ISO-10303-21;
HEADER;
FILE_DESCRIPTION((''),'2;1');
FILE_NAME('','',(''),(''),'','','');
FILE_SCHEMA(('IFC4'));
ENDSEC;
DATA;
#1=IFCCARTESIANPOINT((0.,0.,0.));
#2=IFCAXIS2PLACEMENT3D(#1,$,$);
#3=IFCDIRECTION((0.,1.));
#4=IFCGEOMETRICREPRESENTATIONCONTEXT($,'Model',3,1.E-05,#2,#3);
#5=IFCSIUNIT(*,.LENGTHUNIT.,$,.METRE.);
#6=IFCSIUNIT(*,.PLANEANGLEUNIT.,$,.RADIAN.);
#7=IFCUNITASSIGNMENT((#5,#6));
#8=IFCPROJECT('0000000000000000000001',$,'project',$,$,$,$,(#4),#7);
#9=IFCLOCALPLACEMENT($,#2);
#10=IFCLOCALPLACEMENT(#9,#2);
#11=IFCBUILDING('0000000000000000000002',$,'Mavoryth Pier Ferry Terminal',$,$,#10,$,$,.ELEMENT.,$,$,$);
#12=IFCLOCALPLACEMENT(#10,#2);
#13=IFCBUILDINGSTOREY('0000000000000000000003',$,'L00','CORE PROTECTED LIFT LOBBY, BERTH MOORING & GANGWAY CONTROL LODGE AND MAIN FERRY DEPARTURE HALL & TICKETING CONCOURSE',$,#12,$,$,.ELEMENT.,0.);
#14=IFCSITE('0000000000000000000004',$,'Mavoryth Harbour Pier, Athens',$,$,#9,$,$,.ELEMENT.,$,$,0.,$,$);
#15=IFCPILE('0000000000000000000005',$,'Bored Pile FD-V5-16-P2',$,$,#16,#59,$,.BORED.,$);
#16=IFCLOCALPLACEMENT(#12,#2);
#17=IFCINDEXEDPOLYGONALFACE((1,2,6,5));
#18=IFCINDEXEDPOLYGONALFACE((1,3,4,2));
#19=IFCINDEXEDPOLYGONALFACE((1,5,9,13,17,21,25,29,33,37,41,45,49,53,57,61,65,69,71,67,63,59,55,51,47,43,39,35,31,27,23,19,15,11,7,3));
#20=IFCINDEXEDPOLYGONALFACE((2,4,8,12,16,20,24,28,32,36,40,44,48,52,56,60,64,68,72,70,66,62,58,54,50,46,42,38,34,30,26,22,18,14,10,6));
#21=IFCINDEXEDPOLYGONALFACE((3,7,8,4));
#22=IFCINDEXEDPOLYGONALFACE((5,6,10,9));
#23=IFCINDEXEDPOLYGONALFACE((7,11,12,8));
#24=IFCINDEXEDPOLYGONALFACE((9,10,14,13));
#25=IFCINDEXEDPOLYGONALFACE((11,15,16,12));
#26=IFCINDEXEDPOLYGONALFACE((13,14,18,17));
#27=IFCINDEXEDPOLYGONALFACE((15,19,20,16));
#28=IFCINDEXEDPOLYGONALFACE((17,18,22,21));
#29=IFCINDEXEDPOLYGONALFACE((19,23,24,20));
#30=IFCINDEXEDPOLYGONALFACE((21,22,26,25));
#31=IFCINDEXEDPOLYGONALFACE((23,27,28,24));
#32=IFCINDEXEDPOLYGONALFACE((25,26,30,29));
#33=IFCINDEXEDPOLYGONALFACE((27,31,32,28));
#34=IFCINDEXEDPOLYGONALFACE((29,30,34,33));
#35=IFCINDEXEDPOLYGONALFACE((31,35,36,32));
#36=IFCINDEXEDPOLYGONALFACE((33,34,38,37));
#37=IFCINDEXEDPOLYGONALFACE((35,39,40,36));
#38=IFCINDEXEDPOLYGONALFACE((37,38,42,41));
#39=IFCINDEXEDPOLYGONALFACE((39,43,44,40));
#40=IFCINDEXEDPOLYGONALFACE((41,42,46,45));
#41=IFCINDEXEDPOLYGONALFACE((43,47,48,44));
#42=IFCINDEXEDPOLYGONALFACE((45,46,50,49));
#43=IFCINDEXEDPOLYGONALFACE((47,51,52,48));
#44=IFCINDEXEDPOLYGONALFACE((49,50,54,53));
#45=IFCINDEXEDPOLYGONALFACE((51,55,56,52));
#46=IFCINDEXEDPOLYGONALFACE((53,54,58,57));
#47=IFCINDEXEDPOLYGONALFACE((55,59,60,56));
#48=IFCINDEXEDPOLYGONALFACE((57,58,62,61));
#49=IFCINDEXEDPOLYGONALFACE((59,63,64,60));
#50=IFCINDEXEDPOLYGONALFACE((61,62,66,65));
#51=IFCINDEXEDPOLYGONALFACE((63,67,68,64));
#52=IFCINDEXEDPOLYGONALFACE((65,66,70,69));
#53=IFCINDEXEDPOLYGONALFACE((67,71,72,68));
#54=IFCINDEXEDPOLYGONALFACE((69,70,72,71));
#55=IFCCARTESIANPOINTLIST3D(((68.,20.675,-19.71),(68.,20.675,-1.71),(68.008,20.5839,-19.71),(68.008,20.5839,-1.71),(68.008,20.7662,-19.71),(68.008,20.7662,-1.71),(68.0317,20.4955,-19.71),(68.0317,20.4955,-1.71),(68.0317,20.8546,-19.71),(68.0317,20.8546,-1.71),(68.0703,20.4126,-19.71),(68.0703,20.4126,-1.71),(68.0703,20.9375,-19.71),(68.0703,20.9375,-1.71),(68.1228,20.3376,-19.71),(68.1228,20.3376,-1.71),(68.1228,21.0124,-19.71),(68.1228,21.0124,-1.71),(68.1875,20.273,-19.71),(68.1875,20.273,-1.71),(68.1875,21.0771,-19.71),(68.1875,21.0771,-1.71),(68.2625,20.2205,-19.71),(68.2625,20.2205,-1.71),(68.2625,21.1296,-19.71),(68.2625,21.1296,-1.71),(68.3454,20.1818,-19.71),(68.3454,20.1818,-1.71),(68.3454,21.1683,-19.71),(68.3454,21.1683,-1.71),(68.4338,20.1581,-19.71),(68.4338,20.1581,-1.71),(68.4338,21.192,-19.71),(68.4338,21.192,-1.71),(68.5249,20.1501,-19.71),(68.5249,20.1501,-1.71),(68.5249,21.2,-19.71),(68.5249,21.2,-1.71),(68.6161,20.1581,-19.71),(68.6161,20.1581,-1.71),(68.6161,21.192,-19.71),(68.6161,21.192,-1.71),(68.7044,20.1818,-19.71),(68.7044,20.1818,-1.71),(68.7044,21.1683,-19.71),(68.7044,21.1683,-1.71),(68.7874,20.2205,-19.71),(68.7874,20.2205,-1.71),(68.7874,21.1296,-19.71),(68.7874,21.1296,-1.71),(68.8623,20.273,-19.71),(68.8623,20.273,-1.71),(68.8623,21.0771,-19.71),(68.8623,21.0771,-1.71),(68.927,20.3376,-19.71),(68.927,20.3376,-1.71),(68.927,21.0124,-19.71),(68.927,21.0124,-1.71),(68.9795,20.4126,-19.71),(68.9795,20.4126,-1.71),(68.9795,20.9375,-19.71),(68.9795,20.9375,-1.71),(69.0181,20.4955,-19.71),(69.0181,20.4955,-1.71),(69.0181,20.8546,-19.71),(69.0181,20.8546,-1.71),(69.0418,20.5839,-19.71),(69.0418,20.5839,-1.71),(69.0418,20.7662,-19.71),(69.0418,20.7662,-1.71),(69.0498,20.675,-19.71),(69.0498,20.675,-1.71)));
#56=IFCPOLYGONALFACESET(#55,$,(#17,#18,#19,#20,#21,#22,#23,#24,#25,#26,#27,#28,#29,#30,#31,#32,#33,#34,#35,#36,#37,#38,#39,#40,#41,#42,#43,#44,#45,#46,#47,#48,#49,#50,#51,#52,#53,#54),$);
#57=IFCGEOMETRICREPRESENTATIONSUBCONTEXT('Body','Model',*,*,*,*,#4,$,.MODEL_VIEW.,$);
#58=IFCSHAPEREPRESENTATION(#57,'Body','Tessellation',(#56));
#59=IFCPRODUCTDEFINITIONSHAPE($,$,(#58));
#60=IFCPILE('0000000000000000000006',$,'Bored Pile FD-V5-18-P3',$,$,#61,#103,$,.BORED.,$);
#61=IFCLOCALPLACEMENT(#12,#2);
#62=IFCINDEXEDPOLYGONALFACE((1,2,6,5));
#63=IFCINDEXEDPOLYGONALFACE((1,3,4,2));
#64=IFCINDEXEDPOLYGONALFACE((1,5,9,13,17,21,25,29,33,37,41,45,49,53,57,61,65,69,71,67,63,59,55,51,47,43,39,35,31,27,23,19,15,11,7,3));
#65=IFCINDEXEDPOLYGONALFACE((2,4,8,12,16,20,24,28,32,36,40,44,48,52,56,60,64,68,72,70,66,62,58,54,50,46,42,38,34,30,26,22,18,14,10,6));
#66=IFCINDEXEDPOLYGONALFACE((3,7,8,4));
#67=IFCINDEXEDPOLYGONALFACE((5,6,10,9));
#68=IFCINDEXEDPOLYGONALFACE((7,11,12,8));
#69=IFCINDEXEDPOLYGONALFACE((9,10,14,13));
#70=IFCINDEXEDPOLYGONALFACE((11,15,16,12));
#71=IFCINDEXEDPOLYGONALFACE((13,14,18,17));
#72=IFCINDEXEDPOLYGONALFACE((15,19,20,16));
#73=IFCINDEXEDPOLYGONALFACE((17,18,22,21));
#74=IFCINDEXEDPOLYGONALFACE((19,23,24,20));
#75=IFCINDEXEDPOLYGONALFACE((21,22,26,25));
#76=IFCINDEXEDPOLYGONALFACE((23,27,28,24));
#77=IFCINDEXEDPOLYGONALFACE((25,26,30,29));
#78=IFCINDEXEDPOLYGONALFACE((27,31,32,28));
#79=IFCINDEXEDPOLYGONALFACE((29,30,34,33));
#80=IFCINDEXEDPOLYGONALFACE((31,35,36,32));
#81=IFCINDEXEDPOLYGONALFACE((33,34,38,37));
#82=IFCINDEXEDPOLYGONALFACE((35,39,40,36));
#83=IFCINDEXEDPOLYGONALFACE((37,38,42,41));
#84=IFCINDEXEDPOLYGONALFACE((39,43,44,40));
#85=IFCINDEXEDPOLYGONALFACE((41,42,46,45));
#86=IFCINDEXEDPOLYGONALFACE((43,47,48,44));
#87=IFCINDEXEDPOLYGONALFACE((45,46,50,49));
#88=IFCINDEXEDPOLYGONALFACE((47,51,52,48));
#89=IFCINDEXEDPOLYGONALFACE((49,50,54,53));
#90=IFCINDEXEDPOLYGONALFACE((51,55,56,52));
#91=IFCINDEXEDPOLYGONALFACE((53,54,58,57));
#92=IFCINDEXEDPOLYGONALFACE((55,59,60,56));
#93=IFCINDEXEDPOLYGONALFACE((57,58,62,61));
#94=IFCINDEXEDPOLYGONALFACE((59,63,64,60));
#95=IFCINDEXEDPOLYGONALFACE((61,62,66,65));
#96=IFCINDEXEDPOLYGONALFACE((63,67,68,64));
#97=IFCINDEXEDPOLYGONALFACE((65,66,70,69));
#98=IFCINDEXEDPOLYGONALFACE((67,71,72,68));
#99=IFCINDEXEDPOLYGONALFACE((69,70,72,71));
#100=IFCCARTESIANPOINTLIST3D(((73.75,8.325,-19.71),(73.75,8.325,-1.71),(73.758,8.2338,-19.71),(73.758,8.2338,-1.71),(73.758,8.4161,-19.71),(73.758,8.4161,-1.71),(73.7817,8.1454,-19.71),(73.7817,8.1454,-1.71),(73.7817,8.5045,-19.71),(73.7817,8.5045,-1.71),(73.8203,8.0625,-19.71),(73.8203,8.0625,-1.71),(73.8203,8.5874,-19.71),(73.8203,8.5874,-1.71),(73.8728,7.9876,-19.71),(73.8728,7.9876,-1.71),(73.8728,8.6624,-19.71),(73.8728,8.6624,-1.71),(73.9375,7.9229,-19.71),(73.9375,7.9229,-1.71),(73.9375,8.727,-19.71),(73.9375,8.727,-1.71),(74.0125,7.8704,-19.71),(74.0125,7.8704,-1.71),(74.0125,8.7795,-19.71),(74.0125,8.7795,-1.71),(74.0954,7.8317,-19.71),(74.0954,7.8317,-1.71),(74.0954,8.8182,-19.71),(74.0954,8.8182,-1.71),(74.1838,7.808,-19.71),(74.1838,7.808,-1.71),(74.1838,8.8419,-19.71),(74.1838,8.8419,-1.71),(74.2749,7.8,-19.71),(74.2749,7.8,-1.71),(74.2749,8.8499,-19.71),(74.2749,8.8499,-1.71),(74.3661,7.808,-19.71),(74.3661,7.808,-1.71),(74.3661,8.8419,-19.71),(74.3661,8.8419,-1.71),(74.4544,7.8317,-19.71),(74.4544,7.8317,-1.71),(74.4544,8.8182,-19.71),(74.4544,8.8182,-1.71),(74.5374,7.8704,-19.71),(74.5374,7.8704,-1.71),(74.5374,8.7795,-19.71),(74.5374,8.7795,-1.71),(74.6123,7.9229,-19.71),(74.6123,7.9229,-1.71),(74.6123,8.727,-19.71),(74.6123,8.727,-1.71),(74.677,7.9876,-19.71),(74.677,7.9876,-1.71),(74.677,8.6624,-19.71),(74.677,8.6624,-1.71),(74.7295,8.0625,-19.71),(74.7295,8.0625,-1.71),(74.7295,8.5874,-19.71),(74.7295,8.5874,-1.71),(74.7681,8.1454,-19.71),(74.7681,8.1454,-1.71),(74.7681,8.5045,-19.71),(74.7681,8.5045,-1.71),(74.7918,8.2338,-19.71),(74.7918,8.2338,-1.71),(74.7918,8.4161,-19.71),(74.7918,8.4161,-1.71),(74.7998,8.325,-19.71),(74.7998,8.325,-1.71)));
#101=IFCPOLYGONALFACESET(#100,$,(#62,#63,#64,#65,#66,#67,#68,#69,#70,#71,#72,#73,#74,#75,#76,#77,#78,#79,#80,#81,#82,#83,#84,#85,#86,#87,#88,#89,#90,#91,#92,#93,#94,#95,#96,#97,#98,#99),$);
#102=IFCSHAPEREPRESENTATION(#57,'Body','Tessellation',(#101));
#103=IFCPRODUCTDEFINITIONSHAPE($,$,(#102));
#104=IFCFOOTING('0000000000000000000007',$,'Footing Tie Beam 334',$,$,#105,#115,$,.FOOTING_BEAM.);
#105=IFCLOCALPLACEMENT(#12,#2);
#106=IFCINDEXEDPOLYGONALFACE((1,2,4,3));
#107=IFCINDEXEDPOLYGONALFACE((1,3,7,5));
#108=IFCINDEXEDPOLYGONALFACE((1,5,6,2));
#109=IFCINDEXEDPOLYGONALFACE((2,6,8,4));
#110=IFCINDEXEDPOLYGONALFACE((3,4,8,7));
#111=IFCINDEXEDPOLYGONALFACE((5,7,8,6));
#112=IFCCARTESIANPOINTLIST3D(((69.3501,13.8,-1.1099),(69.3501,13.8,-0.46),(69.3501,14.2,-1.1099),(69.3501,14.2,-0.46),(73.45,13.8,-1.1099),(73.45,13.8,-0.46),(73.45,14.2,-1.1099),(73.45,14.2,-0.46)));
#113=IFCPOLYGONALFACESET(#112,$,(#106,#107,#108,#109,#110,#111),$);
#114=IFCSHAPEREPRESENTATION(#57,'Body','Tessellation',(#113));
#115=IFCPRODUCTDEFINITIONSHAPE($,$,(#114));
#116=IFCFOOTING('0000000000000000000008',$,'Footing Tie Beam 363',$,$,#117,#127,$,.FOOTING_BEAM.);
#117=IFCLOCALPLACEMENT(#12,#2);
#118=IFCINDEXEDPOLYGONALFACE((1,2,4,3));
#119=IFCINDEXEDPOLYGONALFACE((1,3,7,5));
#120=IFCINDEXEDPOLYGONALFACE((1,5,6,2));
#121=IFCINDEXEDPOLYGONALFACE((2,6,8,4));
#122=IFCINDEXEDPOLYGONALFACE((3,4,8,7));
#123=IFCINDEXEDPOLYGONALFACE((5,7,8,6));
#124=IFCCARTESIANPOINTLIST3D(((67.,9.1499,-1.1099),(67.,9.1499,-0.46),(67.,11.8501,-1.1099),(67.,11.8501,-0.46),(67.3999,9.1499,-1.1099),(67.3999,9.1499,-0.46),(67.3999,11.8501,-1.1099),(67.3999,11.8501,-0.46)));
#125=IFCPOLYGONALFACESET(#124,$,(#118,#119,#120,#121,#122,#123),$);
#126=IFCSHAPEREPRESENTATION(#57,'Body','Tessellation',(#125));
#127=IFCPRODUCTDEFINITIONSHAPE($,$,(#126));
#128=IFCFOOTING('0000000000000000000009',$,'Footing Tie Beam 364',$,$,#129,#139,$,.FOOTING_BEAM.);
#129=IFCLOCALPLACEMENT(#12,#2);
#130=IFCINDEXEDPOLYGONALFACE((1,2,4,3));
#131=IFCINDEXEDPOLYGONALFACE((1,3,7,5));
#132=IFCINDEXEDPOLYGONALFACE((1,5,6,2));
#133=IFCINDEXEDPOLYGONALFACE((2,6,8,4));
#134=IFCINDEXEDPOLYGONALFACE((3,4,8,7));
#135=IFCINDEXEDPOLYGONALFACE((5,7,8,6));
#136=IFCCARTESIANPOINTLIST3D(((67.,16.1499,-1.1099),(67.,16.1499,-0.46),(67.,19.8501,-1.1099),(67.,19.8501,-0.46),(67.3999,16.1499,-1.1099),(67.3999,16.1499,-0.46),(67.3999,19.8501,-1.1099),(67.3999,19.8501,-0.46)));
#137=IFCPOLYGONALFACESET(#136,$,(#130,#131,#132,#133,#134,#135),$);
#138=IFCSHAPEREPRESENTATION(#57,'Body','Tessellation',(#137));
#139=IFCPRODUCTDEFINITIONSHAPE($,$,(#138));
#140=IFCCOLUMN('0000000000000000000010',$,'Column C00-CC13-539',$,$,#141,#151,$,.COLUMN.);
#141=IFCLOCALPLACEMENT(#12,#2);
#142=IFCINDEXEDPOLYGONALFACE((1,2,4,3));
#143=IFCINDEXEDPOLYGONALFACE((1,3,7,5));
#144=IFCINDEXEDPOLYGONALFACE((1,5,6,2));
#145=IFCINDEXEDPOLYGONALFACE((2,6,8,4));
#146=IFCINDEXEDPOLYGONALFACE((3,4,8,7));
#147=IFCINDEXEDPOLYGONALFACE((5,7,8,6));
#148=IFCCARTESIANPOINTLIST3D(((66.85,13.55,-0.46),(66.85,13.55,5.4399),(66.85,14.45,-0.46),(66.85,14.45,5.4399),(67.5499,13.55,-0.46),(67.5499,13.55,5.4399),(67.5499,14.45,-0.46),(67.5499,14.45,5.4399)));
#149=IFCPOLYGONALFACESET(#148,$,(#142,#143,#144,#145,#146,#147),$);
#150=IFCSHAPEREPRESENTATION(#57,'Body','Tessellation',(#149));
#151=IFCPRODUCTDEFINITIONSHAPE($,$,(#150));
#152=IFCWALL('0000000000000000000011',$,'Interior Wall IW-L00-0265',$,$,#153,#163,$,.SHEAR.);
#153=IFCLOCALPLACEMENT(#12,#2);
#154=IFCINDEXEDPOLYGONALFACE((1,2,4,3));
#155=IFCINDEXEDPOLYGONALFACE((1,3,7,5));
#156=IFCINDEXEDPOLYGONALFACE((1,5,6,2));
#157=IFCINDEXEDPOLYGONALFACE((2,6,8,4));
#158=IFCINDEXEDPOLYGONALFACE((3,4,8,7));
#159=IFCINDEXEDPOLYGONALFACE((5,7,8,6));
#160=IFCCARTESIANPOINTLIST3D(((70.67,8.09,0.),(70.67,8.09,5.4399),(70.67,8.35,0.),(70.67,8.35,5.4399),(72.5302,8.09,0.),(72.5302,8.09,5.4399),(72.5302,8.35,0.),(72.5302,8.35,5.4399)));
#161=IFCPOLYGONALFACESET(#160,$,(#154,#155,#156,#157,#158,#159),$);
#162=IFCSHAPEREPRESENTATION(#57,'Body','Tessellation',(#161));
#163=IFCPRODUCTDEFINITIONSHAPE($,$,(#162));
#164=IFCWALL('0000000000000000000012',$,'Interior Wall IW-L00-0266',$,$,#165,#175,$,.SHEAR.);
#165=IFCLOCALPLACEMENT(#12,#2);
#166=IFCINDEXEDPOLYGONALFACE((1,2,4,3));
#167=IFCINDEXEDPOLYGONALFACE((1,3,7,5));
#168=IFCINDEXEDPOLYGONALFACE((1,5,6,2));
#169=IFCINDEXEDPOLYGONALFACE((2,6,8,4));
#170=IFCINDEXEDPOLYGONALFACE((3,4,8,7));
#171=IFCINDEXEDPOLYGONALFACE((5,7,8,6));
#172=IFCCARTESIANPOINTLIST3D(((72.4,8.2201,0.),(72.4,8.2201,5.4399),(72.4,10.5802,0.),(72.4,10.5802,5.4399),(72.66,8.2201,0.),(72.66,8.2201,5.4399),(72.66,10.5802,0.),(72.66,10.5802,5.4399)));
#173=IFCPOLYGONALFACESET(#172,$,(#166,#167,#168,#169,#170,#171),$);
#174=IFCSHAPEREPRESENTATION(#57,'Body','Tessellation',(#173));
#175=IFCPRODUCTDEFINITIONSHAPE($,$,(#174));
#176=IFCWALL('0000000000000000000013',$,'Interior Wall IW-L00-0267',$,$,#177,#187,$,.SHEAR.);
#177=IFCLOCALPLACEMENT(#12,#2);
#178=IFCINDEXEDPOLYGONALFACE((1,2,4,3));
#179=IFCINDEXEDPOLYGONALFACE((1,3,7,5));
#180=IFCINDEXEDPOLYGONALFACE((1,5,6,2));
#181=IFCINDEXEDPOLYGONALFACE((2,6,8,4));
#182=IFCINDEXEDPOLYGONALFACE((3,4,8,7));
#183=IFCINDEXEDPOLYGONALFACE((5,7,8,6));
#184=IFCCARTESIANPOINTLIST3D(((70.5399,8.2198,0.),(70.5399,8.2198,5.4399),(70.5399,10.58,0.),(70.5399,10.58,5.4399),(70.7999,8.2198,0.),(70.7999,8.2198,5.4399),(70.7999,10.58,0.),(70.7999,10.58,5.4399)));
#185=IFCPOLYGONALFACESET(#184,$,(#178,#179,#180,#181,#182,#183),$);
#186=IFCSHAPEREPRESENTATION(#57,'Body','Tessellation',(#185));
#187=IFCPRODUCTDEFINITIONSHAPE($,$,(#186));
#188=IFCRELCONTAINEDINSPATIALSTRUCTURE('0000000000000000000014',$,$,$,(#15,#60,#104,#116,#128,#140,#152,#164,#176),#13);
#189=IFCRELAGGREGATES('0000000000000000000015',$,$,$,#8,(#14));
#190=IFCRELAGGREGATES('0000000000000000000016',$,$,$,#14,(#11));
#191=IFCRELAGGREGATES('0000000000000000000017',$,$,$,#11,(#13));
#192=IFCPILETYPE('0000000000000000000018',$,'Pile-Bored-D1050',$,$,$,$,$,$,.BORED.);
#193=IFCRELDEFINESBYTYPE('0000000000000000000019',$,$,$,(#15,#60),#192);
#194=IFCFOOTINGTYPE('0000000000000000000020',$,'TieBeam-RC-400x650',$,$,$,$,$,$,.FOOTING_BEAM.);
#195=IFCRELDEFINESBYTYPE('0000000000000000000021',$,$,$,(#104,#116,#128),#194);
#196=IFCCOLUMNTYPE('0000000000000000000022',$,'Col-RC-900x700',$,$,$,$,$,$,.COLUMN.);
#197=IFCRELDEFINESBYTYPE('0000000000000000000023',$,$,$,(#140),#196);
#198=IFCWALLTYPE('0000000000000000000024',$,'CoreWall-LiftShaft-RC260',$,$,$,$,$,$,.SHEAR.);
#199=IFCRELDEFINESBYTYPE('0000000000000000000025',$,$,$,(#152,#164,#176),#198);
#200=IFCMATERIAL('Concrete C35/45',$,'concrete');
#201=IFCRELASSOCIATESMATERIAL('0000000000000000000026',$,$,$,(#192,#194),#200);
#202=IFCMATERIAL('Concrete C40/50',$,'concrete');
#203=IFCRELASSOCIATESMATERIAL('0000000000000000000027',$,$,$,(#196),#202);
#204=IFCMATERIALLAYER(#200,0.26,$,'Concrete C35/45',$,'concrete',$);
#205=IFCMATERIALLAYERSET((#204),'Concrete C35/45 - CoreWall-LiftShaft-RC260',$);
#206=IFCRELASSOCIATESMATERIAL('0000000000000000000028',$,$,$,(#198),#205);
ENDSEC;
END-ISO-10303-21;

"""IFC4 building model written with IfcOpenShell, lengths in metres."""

from ifc_helpers import new_model, si_unit, direction, frame, frame_2d, origin, origin_2d, place, context, subcontext, project, spatial, rectangle, circle, extrude, material, layer, layer_set, material_profile, profile_set, type_object, element, save


model = new_model("IFC4")

# Units and contexts
model_context = context("Model", 3, precision=1e-05, world=origin(), true_north=direction((0.0, 1.0)))
body_context = subcontext(model_context, "Body", "Model", "MODEL_VIEW")
ifc_project = project(units=[si_unit("LENGTHUNIT", "METRE"), si_unit("PLANEANGLEUNIT", "RADIAN")], contexts=[model_context])

# Site, building, storey
site_placement = place(None, origin())
site = spatial("IfcSite", under=ifc_project, at=site_placement, Name="Mavoryth Harbour Pier, Athens", CompositionType="ELEMENT", RefElevation=0.0)
building_placement = place(site_placement, origin())
building = spatial("IfcBuilding", under=site, at=building_placement, Name="Mavoryth Pier Ferry Terminal", CompositionType="ELEMENT")
storey_placement = place(building_placement, origin())
storey = spatial("IfcBuildingStorey", under=building, at=storey_placement, Name="L00", Description="CORE PROTECTED LIFT LOBBY, BERTH MOORING & GANGWAY CONTROL LODGE AND MAIN FERRY DEPARTURE HALL & TICKETING CONCOURSE", CompositionType="ELEMENT", Elevation=0.0)

# Shared definitions
ifc_material_1 = material(Name="Concrete C35/45", Category="concrete")

# Piles
ifc_material_profile_1 = material_profile(ifc_material_1, circle(Radius=0.5249, at=origin_2d()), Name="PILE D1050", Category="concrete")
ifc_profile_set_1 = profile_set([ifc_material_profile_1], Name="Concrete C35/45 - PILE D1050")
pile_type = type_object("IfcPileType", Name="Pile-Bored-D1050", PredefinedType="BORED", material=ifc_profile_set_1)
for number, where, z_axis, x_axis, name in (
    (1, (68.5249, 20.675, -1.71), (0.0, 0.0, -1.0), (1.0, 0.0, 0.0), "Bored Pile FD-V5-16-P2"),
    (2, (74.2749, 8.325, -1.71), (0.0, 0.0, -1.0), (1.0, 0.0, 0.0), "Bored Pile FD-V5-18-P3"),
):
    element("IfcPile", number, at=place(storey_placement, frame(where, z_axis=z_axis, x_axis=x_axis)), inside=storey, type_object=pile_type, Name=name, PredefinedType="BORED", context=body_context, shape_type="SweptSolid", body=[
        extrude(circle(Radius=0.5249, at=origin_2d()), origin(), (0.0, 0.0, 1.0), 18.0),
    ])

# Footings
ifc_material_profile_2 = material_profile(ifc_material_1, rectangle(XDim=0.3999, YDim=0.6499, at=origin_2d()), Name="RC 400x650", Category="concrete")
ifc_profile_set_2 = profile_set([ifc_material_profile_2], Name="Concrete C35/45 - RC 400x650")
footing_type_1 = type_object("IfcFootingType", Name="TieBeam-RC-400x650", PredefinedType="FOOTING_BEAM", material=ifc_profile_set_2)
footing_1_placement = place(storey_placement, frame((69.3501, 14.0, -0.7849), z_axis=(1.0, 0.0, 0.0), x_axis=(0.0, 1.0, 0.0)))
element("IfcFooting", 3, at=footing_1_placement, inside=storey, type_object=footing_type_1, Name="Footing Tie Beam 334", PredefinedType="FOOTING_BEAM", context=body_context, shape_type="SweptSolid", body=[
    extrude(rectangle(XDim=0.3999, YDim=0.6499, at=origin_2d()), origin(), (0.0, 0.0, 1.0), 4.0999),
])
footing_2_placement = place(storey_placement, frame((67.2, 9.1499, -0.7849), z_axis=(0.0, 1.0, 0.0), x_axis=(-1.0, 0.0, 0.0)))
element("IfcFooting", 4, at=footing_2_placement, inside=storey, type_object=footing_type_1, Name="Footing Tie Beam 363", PredefinedType="FOOTING_BEAM", context=body_context, shape_type="SweptSolid", body=[
    extrude(rectangle(XDim=0.3999, YDim=0.6499, at=origin_2d()), origin(), (0.0, 0.0, 1.0), 2.7002),
])
footing_3_placement = place(storey_placement, frame((67.2, 16.1499, -0.7849), z_axis=(0.0, 1.0, 0.0), x_axis=(-1.0, 0.0, 0.0)))
element("IfcFooting", 5, at=footing_3_placement, inside=storey, type_object=footing_type_1, Name="Footing Tie Beam 364", PredefinedType="FOOTING_BEAM", context=body_context, shape_type="SweptSolid", body=[
    extrude(rectangle(XDim=0.3999, YDim=0.6499, at=origin_2d()), origin(), (0.0, 0.0, 1.0), 3.7002),
])

# Column
ifc_material_2 = material(Name="Concrete C40/50", Category="concrete")
ifc_material_profile_3 = material_profile(ifc_material_2, rectangle(XDim=0.7, YDim=0.8999, at=origin_2d()), Name="RC 900x700", Category="concrete")
ifc_profile_set_3 = profile_set([ifc_material_profile_3], Name="Concrete C40/50 - RC 900x700")
column_type = type_object("IfcColumnType", Name="Col-RC-900x700", PredefinedType="COLUMN", material=ifc_profile_set_3)
column_placement = place(storey_placement, frame((67.2, 14.0, -0.46), z_axis=(0.0, 0.0, 1.0), x_axis=(1.0, 0.0, 0.0)))
element("IfcColumn", 6, at=column_placement, inside=storey, type_object=column_type, Name="Column C00-CC13-539", PredefinedType="COLUMN", context=body_context, shape_type="SweptSolid", body=[
    extrude(rectangle(XDim=0.7, YDim=0.8999, at=origin_2d()), origin(), (0.0, 0.0, 1.0), 5.8999),
])

# Walls
ifc_layer_1 = layer(ifc_material_1, 0.26, Name="Concrete C35/45", Category="concrete")
ifc_layer_set_1 = layer_set([ifc_layer_1], Name="Concrete C35/45 - CoreWall-LiftShaft-RC260")
wall_type_1 = type_object("IfcWallType", Name="CoreWall-LiftShaft-RC260", PredefinedType="SHEAR", material=ifc_layer_set_1)
wall_1_placement = place(storey_placement, frame((70.6699, 8.22, 0.0), z_axis=(0.0, 0.0, 1.0), x_axis=(1.0, 0.0, 0.0)))
element("IfcWall", 7, at=wall_1_placement, inside=storey, type_object=wall_type_1, Name="Interior Wall IW-L00-0265", PredefinedType="SHEAR", context=body_context, shape_type="SweptSolid", body=[
    extrude(rectangle(XDim=1.8601, YDim=0.26, at=frame_2d((0.9302, 0.0))), origin(), (0.0, 0.0, 1.0), 5.4399),
])
for number, where, z_axis, x_axis, name in (
    (8, (72.53, 8.22, 0.0), (0.0, 0.0, 1.0), (0.0, 1.0, 0.0), "Interior Wall IW-L00-0266"),
    (9, (70.6699, 10.5801, 0.0), (0.0, 0.0, 1.0), (0.0, -1.0, 0.0), "Interior Wall IW-L00-0267"),
):
    element("IfcWall", number, at=place(storey_placement, frame(where, z_axis=z_axis, x_axis=x_axis)), inside=storey, type_object=wall_type_1, Name=name, PredefinedType="SHEAR", context=body_context, shape_type="SweptSolid", body=[
        extrude(rectangle(XDim=2.3601, YDim=0.26, at=frame_2d((1.1802, 0.0))), origin(), (0.0, 0.0, 1.0), 5.4399),
    ])

save(model, "model.ifc")
